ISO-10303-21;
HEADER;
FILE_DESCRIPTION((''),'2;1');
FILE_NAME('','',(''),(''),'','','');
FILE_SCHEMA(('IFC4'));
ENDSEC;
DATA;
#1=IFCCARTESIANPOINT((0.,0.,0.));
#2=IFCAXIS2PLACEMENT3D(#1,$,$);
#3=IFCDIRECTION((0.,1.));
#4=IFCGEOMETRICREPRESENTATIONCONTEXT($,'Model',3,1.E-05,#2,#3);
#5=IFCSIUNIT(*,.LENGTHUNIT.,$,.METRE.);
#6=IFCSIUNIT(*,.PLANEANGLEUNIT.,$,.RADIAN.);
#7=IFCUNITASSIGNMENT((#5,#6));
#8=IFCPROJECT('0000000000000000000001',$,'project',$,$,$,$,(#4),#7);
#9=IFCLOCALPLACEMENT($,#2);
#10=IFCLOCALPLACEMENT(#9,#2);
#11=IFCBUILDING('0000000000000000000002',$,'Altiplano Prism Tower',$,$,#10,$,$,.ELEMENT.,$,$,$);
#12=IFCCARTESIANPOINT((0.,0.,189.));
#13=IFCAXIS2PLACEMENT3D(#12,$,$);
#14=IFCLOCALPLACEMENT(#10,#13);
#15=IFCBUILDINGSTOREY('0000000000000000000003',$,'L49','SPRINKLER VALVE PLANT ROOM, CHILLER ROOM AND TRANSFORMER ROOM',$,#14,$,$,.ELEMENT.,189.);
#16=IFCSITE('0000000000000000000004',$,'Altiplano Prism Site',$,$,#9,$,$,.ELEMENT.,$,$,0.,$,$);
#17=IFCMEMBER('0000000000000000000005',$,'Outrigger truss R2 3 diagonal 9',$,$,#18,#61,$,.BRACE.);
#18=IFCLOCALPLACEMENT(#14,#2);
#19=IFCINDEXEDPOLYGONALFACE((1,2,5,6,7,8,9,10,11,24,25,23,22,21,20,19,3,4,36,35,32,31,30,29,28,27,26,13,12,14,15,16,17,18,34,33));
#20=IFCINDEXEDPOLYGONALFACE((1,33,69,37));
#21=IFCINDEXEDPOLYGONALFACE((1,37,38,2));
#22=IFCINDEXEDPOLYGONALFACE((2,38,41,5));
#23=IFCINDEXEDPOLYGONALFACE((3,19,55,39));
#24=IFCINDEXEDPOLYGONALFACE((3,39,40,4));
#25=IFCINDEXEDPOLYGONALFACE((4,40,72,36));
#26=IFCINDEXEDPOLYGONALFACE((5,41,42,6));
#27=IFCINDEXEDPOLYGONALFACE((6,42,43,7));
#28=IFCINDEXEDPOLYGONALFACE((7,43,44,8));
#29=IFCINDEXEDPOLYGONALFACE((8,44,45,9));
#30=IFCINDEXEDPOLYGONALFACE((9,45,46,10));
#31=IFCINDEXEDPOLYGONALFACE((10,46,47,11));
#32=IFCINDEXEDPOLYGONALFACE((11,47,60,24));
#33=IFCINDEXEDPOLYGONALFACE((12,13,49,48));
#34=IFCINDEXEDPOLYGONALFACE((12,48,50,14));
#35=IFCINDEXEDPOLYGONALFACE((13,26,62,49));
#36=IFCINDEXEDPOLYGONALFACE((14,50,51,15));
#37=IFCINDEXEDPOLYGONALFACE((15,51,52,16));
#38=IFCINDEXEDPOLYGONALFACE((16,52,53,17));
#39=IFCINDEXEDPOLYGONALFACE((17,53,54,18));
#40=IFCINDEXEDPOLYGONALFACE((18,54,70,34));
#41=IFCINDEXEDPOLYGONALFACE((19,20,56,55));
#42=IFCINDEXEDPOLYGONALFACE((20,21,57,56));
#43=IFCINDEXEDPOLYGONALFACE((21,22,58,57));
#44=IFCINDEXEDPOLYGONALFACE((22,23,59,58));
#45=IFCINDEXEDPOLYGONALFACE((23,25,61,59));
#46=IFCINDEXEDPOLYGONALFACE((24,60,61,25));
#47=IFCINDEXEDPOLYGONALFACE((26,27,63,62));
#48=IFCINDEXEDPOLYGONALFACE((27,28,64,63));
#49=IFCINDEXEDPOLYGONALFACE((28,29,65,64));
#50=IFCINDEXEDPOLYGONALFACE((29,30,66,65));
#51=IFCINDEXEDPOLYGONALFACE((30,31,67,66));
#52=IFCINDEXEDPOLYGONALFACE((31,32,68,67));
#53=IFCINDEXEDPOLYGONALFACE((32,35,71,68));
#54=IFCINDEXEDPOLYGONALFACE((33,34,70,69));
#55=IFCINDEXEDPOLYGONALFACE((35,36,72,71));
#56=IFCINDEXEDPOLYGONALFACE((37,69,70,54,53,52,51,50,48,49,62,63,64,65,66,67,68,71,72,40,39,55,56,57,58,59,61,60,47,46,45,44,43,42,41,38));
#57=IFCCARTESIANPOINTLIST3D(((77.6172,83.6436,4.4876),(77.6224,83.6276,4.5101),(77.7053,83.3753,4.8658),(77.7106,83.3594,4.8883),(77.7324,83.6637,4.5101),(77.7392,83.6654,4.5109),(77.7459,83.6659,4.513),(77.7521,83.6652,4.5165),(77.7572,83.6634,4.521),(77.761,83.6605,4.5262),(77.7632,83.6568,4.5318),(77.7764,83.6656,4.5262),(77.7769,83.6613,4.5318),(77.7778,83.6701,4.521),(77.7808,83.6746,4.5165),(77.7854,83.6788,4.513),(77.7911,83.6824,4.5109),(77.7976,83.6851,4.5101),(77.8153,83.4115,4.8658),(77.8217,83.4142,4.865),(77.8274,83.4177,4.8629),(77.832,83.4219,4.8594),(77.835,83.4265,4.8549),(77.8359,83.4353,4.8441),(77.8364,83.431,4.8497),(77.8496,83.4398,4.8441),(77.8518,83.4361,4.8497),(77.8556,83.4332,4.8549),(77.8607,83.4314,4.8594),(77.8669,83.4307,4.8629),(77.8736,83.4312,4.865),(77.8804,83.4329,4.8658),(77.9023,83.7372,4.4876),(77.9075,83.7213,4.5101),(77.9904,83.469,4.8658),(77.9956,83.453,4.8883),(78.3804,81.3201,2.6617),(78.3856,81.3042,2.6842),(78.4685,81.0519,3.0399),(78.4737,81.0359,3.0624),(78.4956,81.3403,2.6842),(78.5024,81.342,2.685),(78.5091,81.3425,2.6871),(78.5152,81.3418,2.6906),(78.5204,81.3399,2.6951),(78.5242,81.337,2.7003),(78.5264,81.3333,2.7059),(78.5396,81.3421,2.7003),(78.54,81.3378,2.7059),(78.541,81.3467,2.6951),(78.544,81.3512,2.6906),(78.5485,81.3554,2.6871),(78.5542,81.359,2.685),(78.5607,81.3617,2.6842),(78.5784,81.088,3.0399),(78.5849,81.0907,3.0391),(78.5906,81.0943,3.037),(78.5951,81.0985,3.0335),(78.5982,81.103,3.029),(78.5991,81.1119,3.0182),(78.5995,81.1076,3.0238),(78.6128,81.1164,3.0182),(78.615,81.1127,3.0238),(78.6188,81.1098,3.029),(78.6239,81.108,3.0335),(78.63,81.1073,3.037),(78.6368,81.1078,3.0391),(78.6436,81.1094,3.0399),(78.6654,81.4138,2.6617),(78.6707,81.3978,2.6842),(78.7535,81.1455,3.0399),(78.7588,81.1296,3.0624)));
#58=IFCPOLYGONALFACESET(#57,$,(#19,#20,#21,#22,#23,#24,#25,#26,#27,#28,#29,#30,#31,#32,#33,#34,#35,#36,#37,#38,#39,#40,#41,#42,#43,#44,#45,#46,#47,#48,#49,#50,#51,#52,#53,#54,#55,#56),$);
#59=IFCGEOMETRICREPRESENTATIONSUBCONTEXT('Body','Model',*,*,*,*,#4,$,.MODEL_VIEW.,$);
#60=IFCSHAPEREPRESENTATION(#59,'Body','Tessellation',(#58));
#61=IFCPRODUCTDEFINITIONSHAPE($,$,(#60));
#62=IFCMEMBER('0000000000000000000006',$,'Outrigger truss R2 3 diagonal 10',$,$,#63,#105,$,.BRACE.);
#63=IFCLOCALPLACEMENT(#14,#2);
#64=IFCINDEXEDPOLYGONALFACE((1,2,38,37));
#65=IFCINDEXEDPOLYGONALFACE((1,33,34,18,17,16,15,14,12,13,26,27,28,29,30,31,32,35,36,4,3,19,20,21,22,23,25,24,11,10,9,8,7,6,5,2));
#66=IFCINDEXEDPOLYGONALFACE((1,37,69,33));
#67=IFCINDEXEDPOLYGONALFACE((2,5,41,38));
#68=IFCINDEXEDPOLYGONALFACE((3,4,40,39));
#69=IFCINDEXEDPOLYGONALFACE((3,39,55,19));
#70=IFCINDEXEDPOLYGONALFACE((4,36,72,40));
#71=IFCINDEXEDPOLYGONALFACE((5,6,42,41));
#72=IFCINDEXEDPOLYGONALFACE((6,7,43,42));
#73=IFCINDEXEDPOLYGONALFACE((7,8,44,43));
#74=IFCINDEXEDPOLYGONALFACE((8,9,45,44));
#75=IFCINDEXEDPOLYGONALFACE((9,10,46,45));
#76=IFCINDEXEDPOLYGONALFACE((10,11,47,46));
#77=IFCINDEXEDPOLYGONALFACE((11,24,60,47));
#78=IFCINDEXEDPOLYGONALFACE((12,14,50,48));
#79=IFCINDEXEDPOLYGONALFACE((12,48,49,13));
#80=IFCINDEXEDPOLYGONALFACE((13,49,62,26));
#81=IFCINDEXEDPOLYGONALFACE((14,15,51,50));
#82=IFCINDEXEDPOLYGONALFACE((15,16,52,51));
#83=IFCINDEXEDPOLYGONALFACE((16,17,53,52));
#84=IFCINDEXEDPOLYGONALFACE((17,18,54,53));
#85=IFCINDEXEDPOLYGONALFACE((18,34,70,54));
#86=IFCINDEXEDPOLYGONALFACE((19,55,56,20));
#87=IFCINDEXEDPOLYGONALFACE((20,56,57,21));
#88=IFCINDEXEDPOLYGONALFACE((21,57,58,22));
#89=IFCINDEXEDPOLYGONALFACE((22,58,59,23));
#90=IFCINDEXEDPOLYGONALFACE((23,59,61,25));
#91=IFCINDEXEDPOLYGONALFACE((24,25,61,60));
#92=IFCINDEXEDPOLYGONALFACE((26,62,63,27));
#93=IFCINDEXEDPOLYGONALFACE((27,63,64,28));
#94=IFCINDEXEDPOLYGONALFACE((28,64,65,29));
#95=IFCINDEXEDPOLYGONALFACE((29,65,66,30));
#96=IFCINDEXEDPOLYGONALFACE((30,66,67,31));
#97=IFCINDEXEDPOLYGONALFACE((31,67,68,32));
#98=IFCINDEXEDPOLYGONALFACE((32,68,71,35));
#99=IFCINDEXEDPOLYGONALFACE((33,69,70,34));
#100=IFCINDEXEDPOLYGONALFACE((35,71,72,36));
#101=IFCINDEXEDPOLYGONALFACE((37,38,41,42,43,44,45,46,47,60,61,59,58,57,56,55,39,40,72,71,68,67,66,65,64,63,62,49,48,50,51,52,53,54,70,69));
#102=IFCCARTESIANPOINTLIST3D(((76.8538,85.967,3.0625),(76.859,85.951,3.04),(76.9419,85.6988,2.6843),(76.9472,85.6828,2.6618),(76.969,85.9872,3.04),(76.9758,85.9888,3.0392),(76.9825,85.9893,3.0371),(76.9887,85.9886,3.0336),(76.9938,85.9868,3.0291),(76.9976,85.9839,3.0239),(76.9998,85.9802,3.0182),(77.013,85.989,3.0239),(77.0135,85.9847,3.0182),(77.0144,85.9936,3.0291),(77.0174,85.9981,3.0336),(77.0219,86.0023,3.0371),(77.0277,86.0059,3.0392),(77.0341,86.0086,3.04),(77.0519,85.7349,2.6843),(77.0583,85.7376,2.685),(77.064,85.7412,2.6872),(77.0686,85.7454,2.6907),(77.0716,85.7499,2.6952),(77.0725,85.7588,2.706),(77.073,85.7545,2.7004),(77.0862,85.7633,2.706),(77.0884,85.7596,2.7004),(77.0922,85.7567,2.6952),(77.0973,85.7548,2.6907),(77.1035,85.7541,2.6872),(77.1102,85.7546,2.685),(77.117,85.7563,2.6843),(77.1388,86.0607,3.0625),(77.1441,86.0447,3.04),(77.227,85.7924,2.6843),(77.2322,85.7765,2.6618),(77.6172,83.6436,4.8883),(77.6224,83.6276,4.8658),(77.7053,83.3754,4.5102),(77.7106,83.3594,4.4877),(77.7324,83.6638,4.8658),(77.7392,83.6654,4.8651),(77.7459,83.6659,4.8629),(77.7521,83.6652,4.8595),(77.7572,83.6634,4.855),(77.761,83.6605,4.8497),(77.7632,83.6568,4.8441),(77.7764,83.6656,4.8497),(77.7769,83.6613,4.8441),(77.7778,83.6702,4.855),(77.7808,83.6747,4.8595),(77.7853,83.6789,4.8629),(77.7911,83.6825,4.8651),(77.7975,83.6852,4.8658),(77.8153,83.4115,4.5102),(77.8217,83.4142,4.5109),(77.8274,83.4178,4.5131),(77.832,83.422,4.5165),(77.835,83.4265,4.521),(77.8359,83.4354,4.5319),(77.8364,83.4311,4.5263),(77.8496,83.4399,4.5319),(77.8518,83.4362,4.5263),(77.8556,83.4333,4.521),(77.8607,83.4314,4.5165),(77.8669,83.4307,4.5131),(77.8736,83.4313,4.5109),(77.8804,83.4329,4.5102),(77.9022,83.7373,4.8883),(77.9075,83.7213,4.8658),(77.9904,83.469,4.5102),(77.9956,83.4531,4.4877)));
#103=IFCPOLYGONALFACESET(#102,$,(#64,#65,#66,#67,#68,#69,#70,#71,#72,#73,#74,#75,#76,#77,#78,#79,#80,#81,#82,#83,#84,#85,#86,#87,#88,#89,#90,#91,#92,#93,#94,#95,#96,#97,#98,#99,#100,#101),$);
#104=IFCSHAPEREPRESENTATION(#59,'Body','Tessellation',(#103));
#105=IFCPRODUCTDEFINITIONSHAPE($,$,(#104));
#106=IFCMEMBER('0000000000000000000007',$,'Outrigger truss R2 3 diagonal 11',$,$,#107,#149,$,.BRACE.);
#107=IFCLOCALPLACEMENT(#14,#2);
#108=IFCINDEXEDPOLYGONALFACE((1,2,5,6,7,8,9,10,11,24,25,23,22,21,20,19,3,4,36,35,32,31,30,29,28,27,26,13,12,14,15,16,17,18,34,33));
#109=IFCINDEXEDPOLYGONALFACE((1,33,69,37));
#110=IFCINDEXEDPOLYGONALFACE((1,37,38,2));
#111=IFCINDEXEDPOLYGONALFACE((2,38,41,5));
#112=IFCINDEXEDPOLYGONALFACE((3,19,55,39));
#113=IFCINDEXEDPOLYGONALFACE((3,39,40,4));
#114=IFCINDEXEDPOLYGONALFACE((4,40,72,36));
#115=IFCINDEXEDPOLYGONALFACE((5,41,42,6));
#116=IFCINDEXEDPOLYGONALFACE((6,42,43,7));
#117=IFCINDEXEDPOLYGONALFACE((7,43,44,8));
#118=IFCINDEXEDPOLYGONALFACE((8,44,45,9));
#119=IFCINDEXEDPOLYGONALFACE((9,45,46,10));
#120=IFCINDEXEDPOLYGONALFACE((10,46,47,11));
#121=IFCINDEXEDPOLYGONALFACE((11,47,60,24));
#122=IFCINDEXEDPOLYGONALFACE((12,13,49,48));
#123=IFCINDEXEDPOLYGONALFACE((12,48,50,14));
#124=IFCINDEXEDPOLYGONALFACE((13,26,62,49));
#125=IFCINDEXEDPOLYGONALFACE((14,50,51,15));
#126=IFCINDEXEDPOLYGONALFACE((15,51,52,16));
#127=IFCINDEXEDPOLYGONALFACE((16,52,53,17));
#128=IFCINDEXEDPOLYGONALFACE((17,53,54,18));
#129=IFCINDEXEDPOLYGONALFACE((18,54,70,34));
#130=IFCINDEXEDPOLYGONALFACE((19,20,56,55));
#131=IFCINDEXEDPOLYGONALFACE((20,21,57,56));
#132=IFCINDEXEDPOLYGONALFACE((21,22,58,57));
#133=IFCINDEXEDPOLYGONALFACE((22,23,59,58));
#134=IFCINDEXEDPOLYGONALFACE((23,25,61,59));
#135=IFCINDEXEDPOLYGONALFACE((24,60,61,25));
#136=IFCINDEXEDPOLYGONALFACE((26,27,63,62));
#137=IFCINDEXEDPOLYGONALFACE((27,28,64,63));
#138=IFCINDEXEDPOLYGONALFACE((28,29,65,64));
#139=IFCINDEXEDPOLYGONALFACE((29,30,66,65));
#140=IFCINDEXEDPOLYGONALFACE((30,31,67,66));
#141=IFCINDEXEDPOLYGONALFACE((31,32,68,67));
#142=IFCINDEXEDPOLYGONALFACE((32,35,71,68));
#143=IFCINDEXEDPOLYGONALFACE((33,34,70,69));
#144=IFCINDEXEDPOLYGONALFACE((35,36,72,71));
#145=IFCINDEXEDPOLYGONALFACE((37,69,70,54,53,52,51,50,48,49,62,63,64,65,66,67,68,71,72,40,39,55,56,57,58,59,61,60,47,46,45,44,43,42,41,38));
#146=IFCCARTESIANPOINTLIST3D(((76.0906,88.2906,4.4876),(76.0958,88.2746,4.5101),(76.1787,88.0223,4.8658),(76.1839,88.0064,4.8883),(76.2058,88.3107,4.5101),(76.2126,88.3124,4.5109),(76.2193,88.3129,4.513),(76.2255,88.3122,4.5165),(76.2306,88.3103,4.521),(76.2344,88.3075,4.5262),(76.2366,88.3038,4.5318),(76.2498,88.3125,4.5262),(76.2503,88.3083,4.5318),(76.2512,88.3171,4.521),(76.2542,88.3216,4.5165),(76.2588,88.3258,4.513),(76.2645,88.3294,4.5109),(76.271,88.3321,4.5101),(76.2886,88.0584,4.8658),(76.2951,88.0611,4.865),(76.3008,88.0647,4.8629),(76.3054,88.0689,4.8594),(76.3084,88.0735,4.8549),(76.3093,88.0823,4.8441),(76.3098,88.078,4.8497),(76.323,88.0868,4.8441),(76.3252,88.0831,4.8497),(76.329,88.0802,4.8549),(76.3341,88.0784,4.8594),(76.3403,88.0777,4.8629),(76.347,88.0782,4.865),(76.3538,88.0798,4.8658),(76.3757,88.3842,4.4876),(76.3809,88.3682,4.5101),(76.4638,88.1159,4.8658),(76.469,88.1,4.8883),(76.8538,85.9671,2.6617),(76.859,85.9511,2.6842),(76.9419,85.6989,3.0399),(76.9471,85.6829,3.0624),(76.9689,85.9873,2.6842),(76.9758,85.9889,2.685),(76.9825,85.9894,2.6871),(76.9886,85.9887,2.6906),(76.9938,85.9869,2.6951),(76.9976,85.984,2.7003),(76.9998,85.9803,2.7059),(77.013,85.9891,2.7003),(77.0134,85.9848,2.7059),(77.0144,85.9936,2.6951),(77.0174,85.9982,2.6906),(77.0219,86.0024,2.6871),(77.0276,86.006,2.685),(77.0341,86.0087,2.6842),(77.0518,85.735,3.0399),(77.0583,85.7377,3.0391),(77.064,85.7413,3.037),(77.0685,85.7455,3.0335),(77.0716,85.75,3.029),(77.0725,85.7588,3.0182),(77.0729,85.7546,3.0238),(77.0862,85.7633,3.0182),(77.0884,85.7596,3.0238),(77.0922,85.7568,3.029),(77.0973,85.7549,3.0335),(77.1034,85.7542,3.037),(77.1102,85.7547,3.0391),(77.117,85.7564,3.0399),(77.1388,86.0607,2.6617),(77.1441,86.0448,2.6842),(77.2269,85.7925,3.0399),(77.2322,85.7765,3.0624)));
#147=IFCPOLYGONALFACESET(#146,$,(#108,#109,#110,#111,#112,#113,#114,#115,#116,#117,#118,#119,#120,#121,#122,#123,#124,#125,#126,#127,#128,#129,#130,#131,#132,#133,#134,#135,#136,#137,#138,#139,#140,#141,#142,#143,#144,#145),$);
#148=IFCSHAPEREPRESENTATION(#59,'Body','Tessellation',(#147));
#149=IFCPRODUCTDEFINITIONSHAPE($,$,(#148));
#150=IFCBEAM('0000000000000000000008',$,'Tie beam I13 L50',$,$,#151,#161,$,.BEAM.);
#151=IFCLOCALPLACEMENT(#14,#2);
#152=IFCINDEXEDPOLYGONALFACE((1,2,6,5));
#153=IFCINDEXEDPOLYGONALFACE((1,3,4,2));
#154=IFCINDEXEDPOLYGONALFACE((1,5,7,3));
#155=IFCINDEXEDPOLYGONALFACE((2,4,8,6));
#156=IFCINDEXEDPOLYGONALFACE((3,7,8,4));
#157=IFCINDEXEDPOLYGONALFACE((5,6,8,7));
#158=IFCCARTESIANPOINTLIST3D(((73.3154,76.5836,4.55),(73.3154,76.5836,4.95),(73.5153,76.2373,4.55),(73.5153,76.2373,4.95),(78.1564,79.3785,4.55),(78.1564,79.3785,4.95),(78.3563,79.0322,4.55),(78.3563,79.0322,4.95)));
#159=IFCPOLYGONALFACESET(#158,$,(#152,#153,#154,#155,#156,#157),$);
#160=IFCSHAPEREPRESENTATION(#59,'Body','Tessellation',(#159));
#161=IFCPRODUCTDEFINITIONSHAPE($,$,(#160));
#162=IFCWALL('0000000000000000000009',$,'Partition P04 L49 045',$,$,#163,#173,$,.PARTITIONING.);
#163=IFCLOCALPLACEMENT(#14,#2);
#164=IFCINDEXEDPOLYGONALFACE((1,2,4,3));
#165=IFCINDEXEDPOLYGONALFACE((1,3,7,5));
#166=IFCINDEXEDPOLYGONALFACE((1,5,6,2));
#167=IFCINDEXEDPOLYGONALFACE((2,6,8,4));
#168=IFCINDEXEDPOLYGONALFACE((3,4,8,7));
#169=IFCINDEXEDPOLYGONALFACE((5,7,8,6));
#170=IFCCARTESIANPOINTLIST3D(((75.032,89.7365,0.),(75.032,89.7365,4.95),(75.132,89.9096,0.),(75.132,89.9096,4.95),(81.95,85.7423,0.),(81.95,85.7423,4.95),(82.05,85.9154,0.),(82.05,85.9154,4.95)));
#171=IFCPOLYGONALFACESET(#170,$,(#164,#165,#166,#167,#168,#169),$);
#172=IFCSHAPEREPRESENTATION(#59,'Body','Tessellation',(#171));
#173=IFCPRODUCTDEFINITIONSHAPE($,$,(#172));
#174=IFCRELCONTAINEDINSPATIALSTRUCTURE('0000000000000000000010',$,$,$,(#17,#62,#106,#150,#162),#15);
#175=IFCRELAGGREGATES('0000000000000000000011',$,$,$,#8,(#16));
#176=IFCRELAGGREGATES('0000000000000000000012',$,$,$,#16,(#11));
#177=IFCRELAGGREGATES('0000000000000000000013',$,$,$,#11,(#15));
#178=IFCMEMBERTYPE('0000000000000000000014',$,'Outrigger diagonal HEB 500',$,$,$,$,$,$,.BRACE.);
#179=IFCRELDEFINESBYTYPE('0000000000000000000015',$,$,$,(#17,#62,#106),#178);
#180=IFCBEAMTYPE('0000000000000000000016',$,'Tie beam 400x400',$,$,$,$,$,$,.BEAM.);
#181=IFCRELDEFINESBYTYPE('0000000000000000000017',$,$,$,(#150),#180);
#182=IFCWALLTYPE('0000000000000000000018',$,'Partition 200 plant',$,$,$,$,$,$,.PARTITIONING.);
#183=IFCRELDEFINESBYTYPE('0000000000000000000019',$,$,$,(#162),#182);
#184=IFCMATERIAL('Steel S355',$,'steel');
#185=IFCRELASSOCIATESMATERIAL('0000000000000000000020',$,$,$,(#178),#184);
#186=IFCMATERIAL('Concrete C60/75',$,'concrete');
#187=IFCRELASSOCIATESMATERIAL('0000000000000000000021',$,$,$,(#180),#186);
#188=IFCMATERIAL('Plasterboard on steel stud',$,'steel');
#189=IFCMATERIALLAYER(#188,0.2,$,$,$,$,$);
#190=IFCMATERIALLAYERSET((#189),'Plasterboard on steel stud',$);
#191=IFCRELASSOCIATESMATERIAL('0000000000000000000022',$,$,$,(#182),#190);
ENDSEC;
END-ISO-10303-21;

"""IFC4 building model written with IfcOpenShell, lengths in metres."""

from ifc_helpers import new_model, si_unit, direction, frame, frame_2d, origin, origin_2d, place, context, subcontext, project, spatial, rectangle, i_section, extrude, material, layer, layer_set, material_profile, profile_set, type_object, element, save


model = new_model("IFC4")

# Units and contexts
model_context = context("Model", 3, precision=1e-05, world=origin(), true_north=direction((0.0, 1.0)))
body_context = subcontext(model_context, "Body", "Model", "MODEL_VIEW")
ifc_project = project(units=[si_unit("LENGTHUNIT", "METRE"), si_unit("PLANEANGLEUNIT", "RADIAN")], contexts=[model_context])

# Site, building, storey
site_placement = place(None, origin())
site = spatial("IfcSite", under=ifc_project, at=site_placement, Name="Altiplano Prism Site", CompositionType="ELEMENT", RefElevation=0.0)
building_placement = place(site_placement, origin())
building = spatial("IfcBuilding", under=site, at=building_placement, Name="Altiplano Prism Tower", CompositionType="ELEMENT")
storey_placement = place(building_placement, frame((0.0, 0.0, 189.0)))
storey = spatial("IfcBuildingStorey", under=building, at=storey_placement, Name="L49", Description="SPRINKLER VALVE PLANT ROOM, CHILLER ROOM AND TRANSFORMER ROOM", CompositionType="ELEMENT", Elevation=189.0)

# Shared definitions
ifc_material_1 = material(Name="Concrete C60/75", Category="concrete")

# Members
ifc_material_2 = material(Name="Steel S355", Category="steel")
ifc_material_profile_1 = material_profile(ifc_material_2, i_section(OverallWidth=0.3, OverallDepth=0.5, WebThickness=0.0144, FlangeThickness=0.0281, FilletRadius=0.0271, at=origin_2d()), Name="Outrigger diagonal HEB 500")
ifc_profile_set_1 = profile_set([ifc_material_profile_1], Name="Steel S355")
member_type_1 = type_object("IfcMemberType", Name="Outrigger diagonal HEB 500", PredefinedType="BRACE", material=ifc_profile_set_1)
for number, where, z_axis, x_axis, name in (
    (1, (78.5696, 81.2249, 2.8621), (-0.250056, 0.761285, 0.598261), (-0.950062, -0.312062, 0.0), "Outrigger truss R2 3 diagonal 9"),
    (2, (77.8064, 83.5483, 4.688), (-0.25013, 0.76127, -0.598249), (-0.950032, -0.312152, 0.0), "Outrigger truss R2 3 diagonal 10"),
    (3, (77.043, 85.8718, 2.8621), (-0.250056, 0.761285, 0.598261), (-0.950062, -0.312062, 0.0), "Outrigger truss R2 3 diagonal 11"),
):
    element("IfcMember", number, at=place(storey_placement, frame(where, z_axis=z_axis, x_axis=x_axis)), inside=storey, type_object=member_type_1, Name=name, PredefinedType="BRACE", context=body_context, shape_type="SweptSolid", body=[
        extrude(i_section(OverallWidth=0.3, OverallDepth=0.5, WebThickness=0.0144, FlangeThickness=0.0281, FilletRadius=0.0271, at=origin_2d()), origin(), (0.0, 0.0, 1.0), 3.052),
    ])

# Beam
ifc_material_profile_2 = material_profile(ifc_material_1, rectangle(XDim=0.3999, YDim=0.3999, at=origin_2d()), Name="Tie beam 400x400")
ifc_profile_set_2 = profile_set([ifc_material_profile_2], Name="Concrete C60/75")
beam_type = type_object("IfcBeamType", Name="Tie beam 400x400", PredefinedType="BEAM", material=ifc_profile_set_2)
beam_placement = place(storey_placement, frame((78.2563, 79.2053, 4.75), z_axis=(-0.866031, -0.499991, 0.0), x_axis=(0.499991, -0.866031, 0.0)))
element("IfcBeam", 4, at=beam_placement, inside=storey, type_object=beam_type, Name="Tie beam I13 L50", PredefinedType="BEAM", context=body_context, shape_type="SweptSolid", body=[
    extrude(rectangle(XDim=0.3999, YDim=0.3999, at=origin_2d()), origin(), (0.0, 0.0, 1.0), 5.5898),
])

# Wall
ifc_material_3 = material(Name="Plasterboard on steel stud", Category="steel")
ifc_layer_1 = layer(ifc_material_3, 0.2)
ifc_layer_set_1 = layer_set([ifc_layer_1], Name="Plasterboard on steel stud")
wall_type_1 = type_object("IfcWallType", Name="Partition 200 plant", PredefinedType="PARTITIONING", material=ifc_layer_set_1)
wall_1_placement = place(storey_placement, frame((82.0, 85.8289, 0.0), z_axis=(0.0, 0.0, 1.0), x_axis=(-0.866023, 0.500005, 0.0)))
element("IfcWall", 5, at=wall_1_placement, inside=storey, type_object=wall_type_1, Name="Partition P04 L49 045", PredefinedType="PARTITIONING", context=body_context, shape_type="SweptSolid", body=[
    extrude(rectangle(XDim=7.9883, YDim=0.2, at=frame_2d((3.9941, 0.0))), origin(), (0.0, 0.0, 1.0), 4.95),
])

save(model, "model.ifc")
